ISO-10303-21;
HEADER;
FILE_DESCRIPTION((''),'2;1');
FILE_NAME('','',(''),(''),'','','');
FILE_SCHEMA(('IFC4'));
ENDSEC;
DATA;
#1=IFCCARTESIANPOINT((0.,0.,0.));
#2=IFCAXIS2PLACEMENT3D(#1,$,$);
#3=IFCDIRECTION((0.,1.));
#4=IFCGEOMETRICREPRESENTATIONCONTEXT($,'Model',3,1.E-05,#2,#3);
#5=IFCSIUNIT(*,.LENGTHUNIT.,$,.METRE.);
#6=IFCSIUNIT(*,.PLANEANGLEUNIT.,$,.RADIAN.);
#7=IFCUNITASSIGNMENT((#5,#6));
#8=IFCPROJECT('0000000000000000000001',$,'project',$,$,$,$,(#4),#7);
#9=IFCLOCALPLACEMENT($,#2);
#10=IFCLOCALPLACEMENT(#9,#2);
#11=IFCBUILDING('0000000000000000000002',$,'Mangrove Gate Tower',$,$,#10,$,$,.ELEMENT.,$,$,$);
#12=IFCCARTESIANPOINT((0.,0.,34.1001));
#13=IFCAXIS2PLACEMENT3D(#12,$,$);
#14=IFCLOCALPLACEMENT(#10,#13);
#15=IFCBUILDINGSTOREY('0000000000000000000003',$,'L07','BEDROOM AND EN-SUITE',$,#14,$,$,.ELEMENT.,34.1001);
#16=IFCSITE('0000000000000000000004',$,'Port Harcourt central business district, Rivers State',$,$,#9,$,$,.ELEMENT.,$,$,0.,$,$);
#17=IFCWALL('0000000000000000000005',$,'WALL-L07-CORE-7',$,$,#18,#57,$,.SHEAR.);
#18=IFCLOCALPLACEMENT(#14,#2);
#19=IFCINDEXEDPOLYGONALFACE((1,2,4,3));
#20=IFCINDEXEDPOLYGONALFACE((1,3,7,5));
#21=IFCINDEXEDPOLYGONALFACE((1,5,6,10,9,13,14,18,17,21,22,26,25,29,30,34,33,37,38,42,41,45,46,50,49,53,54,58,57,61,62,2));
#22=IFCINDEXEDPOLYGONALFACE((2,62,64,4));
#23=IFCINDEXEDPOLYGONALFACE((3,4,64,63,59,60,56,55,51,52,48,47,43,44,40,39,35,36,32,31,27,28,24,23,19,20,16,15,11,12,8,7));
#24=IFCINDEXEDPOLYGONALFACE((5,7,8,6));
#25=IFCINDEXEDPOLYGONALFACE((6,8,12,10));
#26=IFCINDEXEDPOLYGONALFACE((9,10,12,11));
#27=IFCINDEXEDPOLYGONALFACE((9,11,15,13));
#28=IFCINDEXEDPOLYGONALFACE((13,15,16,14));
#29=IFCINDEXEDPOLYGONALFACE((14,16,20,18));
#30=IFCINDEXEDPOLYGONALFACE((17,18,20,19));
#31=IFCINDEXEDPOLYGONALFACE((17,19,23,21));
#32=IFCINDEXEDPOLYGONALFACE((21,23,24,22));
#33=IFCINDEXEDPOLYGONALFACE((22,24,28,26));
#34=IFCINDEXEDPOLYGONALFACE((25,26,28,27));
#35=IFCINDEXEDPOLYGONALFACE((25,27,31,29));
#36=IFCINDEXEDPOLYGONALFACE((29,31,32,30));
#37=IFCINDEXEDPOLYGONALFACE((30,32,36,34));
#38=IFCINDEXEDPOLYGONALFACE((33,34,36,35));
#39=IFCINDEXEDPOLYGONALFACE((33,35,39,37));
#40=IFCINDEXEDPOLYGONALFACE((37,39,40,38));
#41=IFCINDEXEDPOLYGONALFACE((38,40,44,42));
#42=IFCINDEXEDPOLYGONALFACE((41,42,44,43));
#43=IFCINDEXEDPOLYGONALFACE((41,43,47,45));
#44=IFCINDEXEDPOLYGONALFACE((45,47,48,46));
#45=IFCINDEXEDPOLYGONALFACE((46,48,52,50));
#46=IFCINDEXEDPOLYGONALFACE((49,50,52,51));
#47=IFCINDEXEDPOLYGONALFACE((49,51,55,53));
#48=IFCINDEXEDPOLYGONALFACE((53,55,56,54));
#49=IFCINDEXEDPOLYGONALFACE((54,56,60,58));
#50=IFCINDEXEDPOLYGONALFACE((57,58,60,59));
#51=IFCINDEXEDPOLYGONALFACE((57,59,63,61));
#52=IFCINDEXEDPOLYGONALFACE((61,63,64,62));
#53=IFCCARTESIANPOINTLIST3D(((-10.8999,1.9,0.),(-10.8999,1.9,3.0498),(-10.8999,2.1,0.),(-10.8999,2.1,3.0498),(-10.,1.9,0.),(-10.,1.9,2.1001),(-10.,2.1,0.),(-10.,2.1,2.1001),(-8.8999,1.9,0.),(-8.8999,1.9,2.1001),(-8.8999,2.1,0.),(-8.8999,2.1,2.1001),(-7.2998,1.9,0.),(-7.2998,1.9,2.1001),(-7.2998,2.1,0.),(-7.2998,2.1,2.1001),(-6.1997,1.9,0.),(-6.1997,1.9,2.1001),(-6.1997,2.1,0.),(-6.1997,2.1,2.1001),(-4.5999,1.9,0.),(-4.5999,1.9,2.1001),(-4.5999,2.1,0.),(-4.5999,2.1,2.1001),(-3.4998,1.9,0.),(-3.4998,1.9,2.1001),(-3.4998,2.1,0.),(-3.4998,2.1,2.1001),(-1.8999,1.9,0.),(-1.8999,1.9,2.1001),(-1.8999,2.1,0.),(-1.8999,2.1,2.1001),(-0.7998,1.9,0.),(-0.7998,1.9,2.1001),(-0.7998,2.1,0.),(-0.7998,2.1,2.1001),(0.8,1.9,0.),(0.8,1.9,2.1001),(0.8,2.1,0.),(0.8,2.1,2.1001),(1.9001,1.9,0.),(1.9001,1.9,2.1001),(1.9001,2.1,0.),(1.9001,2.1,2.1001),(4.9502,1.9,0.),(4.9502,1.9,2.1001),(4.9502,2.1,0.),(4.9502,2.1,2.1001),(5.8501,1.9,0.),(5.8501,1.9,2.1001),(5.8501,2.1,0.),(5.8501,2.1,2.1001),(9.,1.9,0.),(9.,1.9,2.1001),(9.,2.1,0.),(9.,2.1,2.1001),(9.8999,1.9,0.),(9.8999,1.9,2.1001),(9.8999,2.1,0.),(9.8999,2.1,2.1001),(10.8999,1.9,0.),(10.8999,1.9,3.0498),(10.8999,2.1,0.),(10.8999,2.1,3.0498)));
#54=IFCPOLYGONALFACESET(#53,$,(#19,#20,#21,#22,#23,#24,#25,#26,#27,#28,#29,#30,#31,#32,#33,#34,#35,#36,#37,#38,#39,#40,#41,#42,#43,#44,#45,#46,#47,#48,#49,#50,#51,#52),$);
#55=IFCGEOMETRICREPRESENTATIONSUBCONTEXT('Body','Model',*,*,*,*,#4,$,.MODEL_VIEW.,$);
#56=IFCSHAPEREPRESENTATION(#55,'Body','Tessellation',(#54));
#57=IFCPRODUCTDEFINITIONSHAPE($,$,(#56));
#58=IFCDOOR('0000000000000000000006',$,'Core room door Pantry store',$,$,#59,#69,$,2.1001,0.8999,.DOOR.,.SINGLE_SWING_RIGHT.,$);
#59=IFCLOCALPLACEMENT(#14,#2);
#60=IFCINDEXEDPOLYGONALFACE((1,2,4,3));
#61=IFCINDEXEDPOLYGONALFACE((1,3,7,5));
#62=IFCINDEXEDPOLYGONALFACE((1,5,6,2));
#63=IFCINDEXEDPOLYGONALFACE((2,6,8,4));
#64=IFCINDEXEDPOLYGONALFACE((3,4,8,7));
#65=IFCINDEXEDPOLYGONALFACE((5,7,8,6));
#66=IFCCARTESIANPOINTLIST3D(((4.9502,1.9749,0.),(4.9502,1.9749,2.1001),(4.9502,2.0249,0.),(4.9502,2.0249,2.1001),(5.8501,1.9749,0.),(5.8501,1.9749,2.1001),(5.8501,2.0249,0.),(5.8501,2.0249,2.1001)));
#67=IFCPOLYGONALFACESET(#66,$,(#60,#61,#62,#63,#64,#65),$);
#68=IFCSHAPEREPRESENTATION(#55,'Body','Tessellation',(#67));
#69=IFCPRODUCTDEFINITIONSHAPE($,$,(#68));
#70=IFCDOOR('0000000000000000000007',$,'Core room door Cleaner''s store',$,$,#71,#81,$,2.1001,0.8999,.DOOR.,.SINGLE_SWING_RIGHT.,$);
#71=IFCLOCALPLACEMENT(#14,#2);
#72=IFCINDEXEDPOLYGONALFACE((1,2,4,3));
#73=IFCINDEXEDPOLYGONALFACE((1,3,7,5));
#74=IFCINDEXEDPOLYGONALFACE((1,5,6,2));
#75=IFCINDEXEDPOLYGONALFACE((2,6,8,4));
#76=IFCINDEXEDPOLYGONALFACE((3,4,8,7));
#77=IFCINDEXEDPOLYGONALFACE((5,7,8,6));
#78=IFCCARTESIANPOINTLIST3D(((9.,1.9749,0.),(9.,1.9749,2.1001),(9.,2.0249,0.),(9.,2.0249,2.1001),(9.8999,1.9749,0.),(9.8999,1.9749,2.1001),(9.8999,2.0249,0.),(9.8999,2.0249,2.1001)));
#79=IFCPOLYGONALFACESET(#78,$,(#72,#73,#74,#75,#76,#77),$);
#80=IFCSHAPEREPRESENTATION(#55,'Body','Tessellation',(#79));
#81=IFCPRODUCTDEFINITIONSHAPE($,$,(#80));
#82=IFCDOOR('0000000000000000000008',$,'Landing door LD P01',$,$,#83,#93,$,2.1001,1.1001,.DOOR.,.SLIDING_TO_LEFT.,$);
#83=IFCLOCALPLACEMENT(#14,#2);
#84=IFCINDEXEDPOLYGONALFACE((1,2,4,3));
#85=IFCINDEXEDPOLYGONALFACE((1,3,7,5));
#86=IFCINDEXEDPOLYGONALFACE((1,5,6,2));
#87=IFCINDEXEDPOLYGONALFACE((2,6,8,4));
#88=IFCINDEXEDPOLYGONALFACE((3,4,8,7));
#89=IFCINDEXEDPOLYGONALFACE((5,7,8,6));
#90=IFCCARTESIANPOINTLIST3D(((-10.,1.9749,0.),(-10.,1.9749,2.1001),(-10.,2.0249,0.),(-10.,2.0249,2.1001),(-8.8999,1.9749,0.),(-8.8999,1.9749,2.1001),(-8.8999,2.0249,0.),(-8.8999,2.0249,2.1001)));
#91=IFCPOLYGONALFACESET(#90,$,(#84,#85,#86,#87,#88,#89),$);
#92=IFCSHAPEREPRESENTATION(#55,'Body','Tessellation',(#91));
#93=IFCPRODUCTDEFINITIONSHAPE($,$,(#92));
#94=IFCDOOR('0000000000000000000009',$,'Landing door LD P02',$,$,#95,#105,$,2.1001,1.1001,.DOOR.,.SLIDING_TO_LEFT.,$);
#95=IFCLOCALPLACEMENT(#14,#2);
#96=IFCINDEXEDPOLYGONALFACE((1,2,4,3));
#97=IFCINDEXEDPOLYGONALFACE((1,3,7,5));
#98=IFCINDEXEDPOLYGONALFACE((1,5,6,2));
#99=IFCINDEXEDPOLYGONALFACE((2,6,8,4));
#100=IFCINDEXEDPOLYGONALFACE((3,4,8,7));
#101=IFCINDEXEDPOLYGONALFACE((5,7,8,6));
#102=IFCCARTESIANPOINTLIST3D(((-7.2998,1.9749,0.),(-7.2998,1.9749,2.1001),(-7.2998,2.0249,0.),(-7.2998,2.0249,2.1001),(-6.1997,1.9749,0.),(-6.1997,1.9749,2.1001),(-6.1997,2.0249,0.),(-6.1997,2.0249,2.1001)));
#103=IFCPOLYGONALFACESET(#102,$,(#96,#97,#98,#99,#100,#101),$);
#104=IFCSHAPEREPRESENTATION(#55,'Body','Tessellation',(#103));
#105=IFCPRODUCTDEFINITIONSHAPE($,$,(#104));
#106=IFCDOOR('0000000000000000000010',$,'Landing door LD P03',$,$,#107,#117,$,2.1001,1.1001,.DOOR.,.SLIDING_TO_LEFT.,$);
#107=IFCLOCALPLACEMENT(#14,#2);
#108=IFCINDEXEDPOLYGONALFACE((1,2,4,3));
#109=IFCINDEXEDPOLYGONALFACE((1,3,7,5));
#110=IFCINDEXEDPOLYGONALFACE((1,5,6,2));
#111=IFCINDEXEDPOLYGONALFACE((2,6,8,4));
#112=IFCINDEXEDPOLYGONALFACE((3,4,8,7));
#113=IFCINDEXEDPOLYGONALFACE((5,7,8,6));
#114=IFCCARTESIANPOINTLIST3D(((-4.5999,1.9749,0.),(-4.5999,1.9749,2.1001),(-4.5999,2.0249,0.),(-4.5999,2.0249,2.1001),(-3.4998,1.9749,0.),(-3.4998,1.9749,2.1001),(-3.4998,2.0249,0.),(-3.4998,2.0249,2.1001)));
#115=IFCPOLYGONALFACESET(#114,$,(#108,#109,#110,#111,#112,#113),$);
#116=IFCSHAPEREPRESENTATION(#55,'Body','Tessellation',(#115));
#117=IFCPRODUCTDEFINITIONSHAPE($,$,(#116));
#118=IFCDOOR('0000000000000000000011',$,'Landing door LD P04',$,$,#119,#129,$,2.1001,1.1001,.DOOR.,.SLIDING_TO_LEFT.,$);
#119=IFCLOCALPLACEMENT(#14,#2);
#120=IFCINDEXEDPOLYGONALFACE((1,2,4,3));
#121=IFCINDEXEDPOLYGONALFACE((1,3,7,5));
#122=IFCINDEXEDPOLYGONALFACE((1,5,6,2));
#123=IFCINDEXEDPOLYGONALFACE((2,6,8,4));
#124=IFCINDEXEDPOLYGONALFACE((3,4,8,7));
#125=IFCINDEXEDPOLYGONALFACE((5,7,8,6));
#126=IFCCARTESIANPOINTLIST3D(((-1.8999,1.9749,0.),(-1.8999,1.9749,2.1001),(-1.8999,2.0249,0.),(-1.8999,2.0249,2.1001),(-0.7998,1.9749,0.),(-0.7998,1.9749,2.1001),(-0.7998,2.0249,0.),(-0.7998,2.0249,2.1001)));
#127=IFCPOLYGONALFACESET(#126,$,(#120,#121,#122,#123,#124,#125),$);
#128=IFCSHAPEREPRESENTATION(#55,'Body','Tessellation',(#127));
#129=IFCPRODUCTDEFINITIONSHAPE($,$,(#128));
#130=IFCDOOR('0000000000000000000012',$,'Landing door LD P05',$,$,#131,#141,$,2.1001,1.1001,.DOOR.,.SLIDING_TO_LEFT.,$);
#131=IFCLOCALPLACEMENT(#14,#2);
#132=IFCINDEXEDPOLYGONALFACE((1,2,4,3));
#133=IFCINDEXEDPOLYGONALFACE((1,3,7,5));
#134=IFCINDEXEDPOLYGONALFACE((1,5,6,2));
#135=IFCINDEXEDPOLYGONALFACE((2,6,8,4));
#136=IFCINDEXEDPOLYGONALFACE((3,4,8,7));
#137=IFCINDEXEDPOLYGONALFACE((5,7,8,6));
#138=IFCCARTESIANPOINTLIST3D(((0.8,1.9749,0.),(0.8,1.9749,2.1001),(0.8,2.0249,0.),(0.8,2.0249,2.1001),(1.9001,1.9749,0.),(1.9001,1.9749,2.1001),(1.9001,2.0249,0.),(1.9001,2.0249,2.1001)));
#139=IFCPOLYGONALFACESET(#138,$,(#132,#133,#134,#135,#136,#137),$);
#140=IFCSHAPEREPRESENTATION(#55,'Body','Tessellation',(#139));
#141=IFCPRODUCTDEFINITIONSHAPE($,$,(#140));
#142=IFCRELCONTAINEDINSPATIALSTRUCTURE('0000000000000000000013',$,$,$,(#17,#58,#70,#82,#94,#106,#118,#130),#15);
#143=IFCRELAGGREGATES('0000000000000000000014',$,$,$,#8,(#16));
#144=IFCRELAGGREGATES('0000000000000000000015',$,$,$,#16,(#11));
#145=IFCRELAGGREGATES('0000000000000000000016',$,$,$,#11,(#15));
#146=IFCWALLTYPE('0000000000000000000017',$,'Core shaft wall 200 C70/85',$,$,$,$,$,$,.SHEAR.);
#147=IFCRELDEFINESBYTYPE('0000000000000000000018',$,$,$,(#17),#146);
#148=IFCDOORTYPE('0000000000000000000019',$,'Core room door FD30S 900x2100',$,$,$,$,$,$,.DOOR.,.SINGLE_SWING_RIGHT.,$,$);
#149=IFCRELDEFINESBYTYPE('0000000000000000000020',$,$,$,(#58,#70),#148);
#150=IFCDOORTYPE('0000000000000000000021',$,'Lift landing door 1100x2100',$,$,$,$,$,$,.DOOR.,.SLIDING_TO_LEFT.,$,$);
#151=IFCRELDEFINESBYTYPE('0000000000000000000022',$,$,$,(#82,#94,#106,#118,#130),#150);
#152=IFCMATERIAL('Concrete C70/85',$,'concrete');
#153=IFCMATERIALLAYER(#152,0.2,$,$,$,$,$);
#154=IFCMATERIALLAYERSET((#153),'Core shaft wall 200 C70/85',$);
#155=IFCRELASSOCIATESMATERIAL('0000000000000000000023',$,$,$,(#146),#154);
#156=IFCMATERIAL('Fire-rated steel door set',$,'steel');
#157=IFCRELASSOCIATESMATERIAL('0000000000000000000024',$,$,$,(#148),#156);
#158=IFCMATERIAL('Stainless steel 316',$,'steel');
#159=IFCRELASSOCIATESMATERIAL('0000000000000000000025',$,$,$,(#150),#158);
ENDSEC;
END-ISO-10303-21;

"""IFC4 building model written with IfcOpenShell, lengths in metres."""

from ifc_helpers import new_model, si_unit, direction, frame, frame_2d, origin, place, context, subcontext, project, spatial, rectangle, extrude, material, layer, layer_set, type_object, element, fill, save


model = new_model("IFC4")

# Units and contexts
model_context = context("Model", 3, precision=1e-05, world=origin(), true_north=direction((0.0, 1.0)))
body_context = subcontext(model_context, "Body", "Model", "MODEL_VIEW")
ifc_project = project(units=[si_unit("LENGTHUNIT", "METRE"), si_unit("PLANEANGLEUNIT", "RADIAN")], contexts=[model_context])

# Site, building, storey
site_placement = place(None, origin())
site = spatial("IfcSite", under=ifc_project, at=site_placement, Name="Port Harcourt central business district, Rivers State", CompositionType="ELEMENT", RefElevation=0.0)
building_placement = place(site_placement, origin())
building = spatial("IfcBuilding", under=site, at=building_placement, Name="Mangrove Gate Tower", CompositionType="ELEMENT")
storey_placement = place(building_placement, frame((0.0, 0.0, 34.1001)))
storey = spatial("IfcBuildingStorey", under=building, at=storey_placement, Name="L07", Description="BEDROOM AND EN-SUITE", CompositionType="ELEMENT", Elevation=34.1001)

# Shared definitions
ifc_material_1 = material(Name="Concrete C70/85", Category="concrete")
ifc_layer_1 = layer(ifc_material_1, 0.2)
ifc_layer_set_1 = layer_set([ifc_layer_1], Name="Core shaft wall 200 C70/85")
wall_type_1 = type_object("IfcWallType", Name="Core shaft wall 200 C70/85", PredefinedType="SHEAR", material=ifc_layer_set_1)

# Wall, openings, doors
wall_1_placement = place(storey_placement, frame((-10.8999, 2.0, 0.0), z_axis=(0.0, 0.0, 1.0), x_axis=(1.0, 0.0, 0.0)))
wall_1 = element("IfcWall", 1, at=wall_1_placement, inside=storey, type_object=wall_type_1, Name="WALL-L07-CORE-7", PredefinedType="SHEAR", context=body_context, shape_type="SweptSolid", body=[
    extrude(rectangle(XDim=21.7998, YDim=0.2, at=frame_2d((10.8999, 0.0))), origin(), (0.0, 0.0, 1.0), 3.0498),
])
opening_1_placement = place(wall_1_placement, frame((0.8999, 0.0, 0.0)))
opening_1 = element("IfcOpeningElement", 2, at=opening_1_placement, cuts=wall_1, PredefinedType="OPENING", context=body_context, shape_type="SweptSolid", body=[
    extrude(rectangle(XDim=1.1001, YDim=2.1001, at=frame_2d((0.55, 1.05))), frame((0.0, 0.1099, 0.0), z_axis=(0.0, -1.0, 0.0), x_axis=(1.0, 0.0, 0.0)), (0.0, 0.0, 1.0), 0.22),
])
opening_2_placement = place(wall_1_placement, frame((3.6001, 0.0, 0.0)))
opening_2 = element("IfcOpeningElement", 3, at=opening_2_placement, cuts=wall_1, PredefinedType="OPENING", context=body_context, shape_type="SweptSolid", body=[
    extrude(rectangle(XDim=1.1001, YDim=2.1001, at=frame_2d((0.55, 1.05))), frame((0.0, 0.1099, 0.0), z_axis=(0.0, -1.0, 0.0), x_axis=(1.0, 0.0, 0.0)), (0.0, 0.0, 1.0), 0.22),
])
opening_3_placement = place(wall_1_placement, frame((6.3, 0.0, 0.0)))
opening_3 = element("IfcOpeningElement", 4, at=opening_3_placement, cuts=wall_1, PredefinedType="OPENING", context=body_context, shape_type="SweptSolid", body=[
    extrude(rectangle(XDim=1.1001, YDim=2.1001, at=frame_2d((0.55, 1.05))), frame((0.0, 0.1099, 0.0), z_axis=(0.0, -1.0, 0.0), x_axis=(1.0, 0.0, 0.0)), (0.0, 0.0, 1.0), 0.22),
])
opening_4_placement = place(wall_1_placement, frame((9.0, 0.0, 0.0)))
opening_4 = element("IfcOpeningElement", 5, at=opening_4_placement, cuts=wall_1, PredefinedType="OPENING", context=body_context, shape_type="SweptSolid", body=[
    extrude(rectangle(XDim=1.1001, YDim=2.1001, at=frame_2d((0.55, 1.05))), frame((0.0, 0.1099, 0.0), z_axis=(0.0, -1.0, 0.0), x_axis=(1.0, 0.0, 0.0)), (0.0, 0.0, 1.0), 0.22),
])
opening_5_placement = place(wall_1_placement, frame((11.7, 0.0, 0.0)))
opening_5 = element("IfcOpeningElement", 6, at=opening_5_placement, cuts=wall_1, PredefinedType="OPENING", context=body_context, shape_type="SweptSolid", body=[
    extrude(rectangle(XDim=1.1001, YDim=2.1001, at=frame_2d((0.55, 1.05))), frame((0.0, 0.1099, 0.0), z_axis=(0.0, -1.0, 0.0), x_axis=(1.0, 0.0, 0.0)), (0.0, 0.0, 1.0), 0.22),
])
opening_6_placement = place(wall_1_placement, frame((15.8501, 0.0, 0.0)))
opening_6 = element("IfcOpeningElement", 7, at=opening_6_placement, cuts=wall_1, PredefinedType="OPENING", context=body_context, shape_type="SweptSolid", body=[
    extrude(rectangle(XDim=0.8999, YDim=2.1001, at=frame_2d((0.45, 1.05))), frame((0.0, 0.1099, 0.0), z_axis=(0.0, -1.0, 0.0), x_axis=(1.0, 0.0, 0.0)), (0.0, 0.0, 1.0), 0.22),
])
opening_7_placement = place(wall_1_placement, frame((19.8999, 0.0, 0.0)))
opening_7 = element("IfcOpeningElement", 8, at=opening_7_placement, cuts=wall_1, PredefinedType="OPENING", context=body_context, shape_type="SweptSolid", body=[
    extrude(rectangle(XDim=0.8999, YDim=2.1001, at=frame_2d((0.45, 1.05))), frame((0.0, 0.1099, 0.0), z_axis=(0.0, -1.0, 0.0), x_axis=(1.0, 0.0, 0.0)), (0.0, 0.0, 1.0), 0.22),
])
ifc_material_2 = material(Name="Fire-rated steel door set", Category="steel")
door_type_1 = type_object("IfcDoorType", Name="Core room door FD30S 900x2100", OperationType="SINGLE_SWING_RIGHT", PredefinedType="DOOR", material=ifc_material_2)
door_1_placement = place(opening_6_placement, origin())
door_1 = element("IfcDoor", 9, at=door_1_placement, inside=storey, type_object=door_type_1, Name="Core room door Pantry store", OperationType="SINGLE_SWING_RIGHT", OverallHeight=2.1001, OverallWidth=0.8999, PredefinedType="DOOR", context=body_context, shape_type="SweptSolid", body=[
    extrude(rectangle(XDim=0.8999, YDim=2.1001, at=frame_2d((0.45, 1.05))), frame((0.0, 0.0249, 0.0), z_axis=(0.0, -1.0, 0.0), x_axis=(1.0, 0.0, 0.0)), (0.0, 0.0, 1.0), 0.05),
])
fill(opening_6, door_1)
door_2_placement = place(opening_7_placement, origin())
door_2 = element("IfcDoor", 10, at=door_2_placement, inside=storey, type_object=door_type_1, Name="Core room door Cleaner's store", OperationType="SINGLE_SWING_RIGHT", OverallHeight=2.1001, OverallWidth=0.8999, PredefinedType="DOOR", context=body_context, shape_type="SweptSolid", body=[
    extrude(rectangle(XDim=0.8999, YDim=2.1001, at=frame_2d((0.45, 1.05))), frame((0.0, 0.0249, 0.0), z_axis=(0.0, -1.0, 0.0), x_axis=(1.0, 0.0, 0.0)), (0.0, 0.0, 1.0), 0.05),
])
fill(opening_7, door_2)
ifc_material_3 = material(Name="Stainless steel 316", Category="steel")
door_type_2 = type_object("IfcDoorType", Name="Lift landing door 1100x2100", OperationType="SLIDING_TO_LEFT", PredefinedType="DOOR", material=ifc_material_3)
door_3_placement = place(opening_1_placement, origin())
door_3 = element("IfcDoor", 11, at=door_3_placement, inside=storey, type_object=door_type_2, Name="Landing door LD P01", OperationType="SLIDING_TO_LEFT", OverallHeight=2.1001, OverallWidth=1.1001, PredefinedType="DOOR", context=body_context, shape_type="SweptSolid", body=[
    extrude(rectangle(XDim=1.1001, YDim=2.1001, at=frame_2d((0.55, 1.05))), frame((0.0, 0.0249, 0.0), z_axis=(0.0, -1.0, 0.0), x_axis=(1.0, 0.0, 0.0)), (0.0, 0.0, 1.0), 0.05),
])
fill(opening_1, door_3)
door_4_placement = place(opening_2_placement, origin())
door_4 = element("IfcDoor", 12, at=door_4_placement, inside=storey, type_object=door_type_2, Name="Landing door LD P02", OperationType="SLIDING_TO_LEFT", OverallHeight=2.1001, OverallWidth=1.1001, PredefinedType="DOOR", context=body_context, shape_type="SweptSolid", body=[
    extrude(rectangle(XDim=1.1001, YDim=2.1001, at=frame_2d((0.55, 1.05))), frame((0.0, 0.0249, 0.0), z_axis=(0.0, -1.0, 0.0), x_axis=(1.0, 0.0, 0.0)), (0.0, 0.0, 1.0), 0.05),
])
fill(opening_2, door_4)
door_5_placement = place(opening_3_placement, origin())
door_5 = element("IfcDoor", 13, at=door_5_placement, inside=storey, type_object=door_type_2, Name="Landing door LD P03", OperationType="SLIDING_TO_LEFT", OverallHeight=2.1001, OverallWidth=1.1001, PredefinedType="DOOR", context=body_context, shape_type="SweptSolid", body=[
    extrude(rectangle(XDim=1.1001, YDim=2.1001, at=frame_2d((0.55, 1.05))), frame((0.0, 0.0249, 0.0), z_axis=(0.0, -1.0, 0.0), x_axis=(1.0, 0.0, 0.0)), (0.0, 0.0, 1.0), 0.05),
])
fill(opening_3, door_5)
door_6_placement = place(opening_4_placement, origin())
door_6 = element("IfcDoor", 14, at=door_6_placement, inside=storey, type_object=door_type_2, Name="Landing door LD P04", OperationType="SLIDING_TO_LEFT", OverallHeight=2.1001, OverallWidth=1.1001, PredefinedType="DOOR", context=body_context, shape_type="SweptSolid", body=[
    extrude(rectangle(XDim=1.1001, YDim=2.1001, at=frame_2d((0.55, 1.05))), frame((0.0, 0.0249, 0.0), z_axis=(0.0, -1.0, 0.0), x_axis=(1.0, 0.0, 0.0)), (0.0, 0.0, 1.0), 0.05),
])
fill(opening_4, door_6)
door_7_placement = place(opening_5_placement, origin())
door_7 = element("IfcDoor", 15, at=door_7_placement, inside=storey, type_object=door_type_2, Name="Landing door LD P05", OperationType="SLIDING_TO_LEFT", OverallHeight=2.1001, OverallWidth=1.1001, PredefinedType="DOOR", context=body_context, shape_type="SweptSolid", body=[
    extrude(rectangle(XDim=1.1001, YDim=2.1001, at=frame_2d((0.55, 1.05))), frame((0.0, 0.0249, 0.0), z_axis=(0.0, -1.0, 0.0), x_axis=(1.0, 0.0, 0.0)), (0.0, 0.0, 1.0), 0.05),
])
fill(opening_5, door_7)

save(model, "model.ifc")
